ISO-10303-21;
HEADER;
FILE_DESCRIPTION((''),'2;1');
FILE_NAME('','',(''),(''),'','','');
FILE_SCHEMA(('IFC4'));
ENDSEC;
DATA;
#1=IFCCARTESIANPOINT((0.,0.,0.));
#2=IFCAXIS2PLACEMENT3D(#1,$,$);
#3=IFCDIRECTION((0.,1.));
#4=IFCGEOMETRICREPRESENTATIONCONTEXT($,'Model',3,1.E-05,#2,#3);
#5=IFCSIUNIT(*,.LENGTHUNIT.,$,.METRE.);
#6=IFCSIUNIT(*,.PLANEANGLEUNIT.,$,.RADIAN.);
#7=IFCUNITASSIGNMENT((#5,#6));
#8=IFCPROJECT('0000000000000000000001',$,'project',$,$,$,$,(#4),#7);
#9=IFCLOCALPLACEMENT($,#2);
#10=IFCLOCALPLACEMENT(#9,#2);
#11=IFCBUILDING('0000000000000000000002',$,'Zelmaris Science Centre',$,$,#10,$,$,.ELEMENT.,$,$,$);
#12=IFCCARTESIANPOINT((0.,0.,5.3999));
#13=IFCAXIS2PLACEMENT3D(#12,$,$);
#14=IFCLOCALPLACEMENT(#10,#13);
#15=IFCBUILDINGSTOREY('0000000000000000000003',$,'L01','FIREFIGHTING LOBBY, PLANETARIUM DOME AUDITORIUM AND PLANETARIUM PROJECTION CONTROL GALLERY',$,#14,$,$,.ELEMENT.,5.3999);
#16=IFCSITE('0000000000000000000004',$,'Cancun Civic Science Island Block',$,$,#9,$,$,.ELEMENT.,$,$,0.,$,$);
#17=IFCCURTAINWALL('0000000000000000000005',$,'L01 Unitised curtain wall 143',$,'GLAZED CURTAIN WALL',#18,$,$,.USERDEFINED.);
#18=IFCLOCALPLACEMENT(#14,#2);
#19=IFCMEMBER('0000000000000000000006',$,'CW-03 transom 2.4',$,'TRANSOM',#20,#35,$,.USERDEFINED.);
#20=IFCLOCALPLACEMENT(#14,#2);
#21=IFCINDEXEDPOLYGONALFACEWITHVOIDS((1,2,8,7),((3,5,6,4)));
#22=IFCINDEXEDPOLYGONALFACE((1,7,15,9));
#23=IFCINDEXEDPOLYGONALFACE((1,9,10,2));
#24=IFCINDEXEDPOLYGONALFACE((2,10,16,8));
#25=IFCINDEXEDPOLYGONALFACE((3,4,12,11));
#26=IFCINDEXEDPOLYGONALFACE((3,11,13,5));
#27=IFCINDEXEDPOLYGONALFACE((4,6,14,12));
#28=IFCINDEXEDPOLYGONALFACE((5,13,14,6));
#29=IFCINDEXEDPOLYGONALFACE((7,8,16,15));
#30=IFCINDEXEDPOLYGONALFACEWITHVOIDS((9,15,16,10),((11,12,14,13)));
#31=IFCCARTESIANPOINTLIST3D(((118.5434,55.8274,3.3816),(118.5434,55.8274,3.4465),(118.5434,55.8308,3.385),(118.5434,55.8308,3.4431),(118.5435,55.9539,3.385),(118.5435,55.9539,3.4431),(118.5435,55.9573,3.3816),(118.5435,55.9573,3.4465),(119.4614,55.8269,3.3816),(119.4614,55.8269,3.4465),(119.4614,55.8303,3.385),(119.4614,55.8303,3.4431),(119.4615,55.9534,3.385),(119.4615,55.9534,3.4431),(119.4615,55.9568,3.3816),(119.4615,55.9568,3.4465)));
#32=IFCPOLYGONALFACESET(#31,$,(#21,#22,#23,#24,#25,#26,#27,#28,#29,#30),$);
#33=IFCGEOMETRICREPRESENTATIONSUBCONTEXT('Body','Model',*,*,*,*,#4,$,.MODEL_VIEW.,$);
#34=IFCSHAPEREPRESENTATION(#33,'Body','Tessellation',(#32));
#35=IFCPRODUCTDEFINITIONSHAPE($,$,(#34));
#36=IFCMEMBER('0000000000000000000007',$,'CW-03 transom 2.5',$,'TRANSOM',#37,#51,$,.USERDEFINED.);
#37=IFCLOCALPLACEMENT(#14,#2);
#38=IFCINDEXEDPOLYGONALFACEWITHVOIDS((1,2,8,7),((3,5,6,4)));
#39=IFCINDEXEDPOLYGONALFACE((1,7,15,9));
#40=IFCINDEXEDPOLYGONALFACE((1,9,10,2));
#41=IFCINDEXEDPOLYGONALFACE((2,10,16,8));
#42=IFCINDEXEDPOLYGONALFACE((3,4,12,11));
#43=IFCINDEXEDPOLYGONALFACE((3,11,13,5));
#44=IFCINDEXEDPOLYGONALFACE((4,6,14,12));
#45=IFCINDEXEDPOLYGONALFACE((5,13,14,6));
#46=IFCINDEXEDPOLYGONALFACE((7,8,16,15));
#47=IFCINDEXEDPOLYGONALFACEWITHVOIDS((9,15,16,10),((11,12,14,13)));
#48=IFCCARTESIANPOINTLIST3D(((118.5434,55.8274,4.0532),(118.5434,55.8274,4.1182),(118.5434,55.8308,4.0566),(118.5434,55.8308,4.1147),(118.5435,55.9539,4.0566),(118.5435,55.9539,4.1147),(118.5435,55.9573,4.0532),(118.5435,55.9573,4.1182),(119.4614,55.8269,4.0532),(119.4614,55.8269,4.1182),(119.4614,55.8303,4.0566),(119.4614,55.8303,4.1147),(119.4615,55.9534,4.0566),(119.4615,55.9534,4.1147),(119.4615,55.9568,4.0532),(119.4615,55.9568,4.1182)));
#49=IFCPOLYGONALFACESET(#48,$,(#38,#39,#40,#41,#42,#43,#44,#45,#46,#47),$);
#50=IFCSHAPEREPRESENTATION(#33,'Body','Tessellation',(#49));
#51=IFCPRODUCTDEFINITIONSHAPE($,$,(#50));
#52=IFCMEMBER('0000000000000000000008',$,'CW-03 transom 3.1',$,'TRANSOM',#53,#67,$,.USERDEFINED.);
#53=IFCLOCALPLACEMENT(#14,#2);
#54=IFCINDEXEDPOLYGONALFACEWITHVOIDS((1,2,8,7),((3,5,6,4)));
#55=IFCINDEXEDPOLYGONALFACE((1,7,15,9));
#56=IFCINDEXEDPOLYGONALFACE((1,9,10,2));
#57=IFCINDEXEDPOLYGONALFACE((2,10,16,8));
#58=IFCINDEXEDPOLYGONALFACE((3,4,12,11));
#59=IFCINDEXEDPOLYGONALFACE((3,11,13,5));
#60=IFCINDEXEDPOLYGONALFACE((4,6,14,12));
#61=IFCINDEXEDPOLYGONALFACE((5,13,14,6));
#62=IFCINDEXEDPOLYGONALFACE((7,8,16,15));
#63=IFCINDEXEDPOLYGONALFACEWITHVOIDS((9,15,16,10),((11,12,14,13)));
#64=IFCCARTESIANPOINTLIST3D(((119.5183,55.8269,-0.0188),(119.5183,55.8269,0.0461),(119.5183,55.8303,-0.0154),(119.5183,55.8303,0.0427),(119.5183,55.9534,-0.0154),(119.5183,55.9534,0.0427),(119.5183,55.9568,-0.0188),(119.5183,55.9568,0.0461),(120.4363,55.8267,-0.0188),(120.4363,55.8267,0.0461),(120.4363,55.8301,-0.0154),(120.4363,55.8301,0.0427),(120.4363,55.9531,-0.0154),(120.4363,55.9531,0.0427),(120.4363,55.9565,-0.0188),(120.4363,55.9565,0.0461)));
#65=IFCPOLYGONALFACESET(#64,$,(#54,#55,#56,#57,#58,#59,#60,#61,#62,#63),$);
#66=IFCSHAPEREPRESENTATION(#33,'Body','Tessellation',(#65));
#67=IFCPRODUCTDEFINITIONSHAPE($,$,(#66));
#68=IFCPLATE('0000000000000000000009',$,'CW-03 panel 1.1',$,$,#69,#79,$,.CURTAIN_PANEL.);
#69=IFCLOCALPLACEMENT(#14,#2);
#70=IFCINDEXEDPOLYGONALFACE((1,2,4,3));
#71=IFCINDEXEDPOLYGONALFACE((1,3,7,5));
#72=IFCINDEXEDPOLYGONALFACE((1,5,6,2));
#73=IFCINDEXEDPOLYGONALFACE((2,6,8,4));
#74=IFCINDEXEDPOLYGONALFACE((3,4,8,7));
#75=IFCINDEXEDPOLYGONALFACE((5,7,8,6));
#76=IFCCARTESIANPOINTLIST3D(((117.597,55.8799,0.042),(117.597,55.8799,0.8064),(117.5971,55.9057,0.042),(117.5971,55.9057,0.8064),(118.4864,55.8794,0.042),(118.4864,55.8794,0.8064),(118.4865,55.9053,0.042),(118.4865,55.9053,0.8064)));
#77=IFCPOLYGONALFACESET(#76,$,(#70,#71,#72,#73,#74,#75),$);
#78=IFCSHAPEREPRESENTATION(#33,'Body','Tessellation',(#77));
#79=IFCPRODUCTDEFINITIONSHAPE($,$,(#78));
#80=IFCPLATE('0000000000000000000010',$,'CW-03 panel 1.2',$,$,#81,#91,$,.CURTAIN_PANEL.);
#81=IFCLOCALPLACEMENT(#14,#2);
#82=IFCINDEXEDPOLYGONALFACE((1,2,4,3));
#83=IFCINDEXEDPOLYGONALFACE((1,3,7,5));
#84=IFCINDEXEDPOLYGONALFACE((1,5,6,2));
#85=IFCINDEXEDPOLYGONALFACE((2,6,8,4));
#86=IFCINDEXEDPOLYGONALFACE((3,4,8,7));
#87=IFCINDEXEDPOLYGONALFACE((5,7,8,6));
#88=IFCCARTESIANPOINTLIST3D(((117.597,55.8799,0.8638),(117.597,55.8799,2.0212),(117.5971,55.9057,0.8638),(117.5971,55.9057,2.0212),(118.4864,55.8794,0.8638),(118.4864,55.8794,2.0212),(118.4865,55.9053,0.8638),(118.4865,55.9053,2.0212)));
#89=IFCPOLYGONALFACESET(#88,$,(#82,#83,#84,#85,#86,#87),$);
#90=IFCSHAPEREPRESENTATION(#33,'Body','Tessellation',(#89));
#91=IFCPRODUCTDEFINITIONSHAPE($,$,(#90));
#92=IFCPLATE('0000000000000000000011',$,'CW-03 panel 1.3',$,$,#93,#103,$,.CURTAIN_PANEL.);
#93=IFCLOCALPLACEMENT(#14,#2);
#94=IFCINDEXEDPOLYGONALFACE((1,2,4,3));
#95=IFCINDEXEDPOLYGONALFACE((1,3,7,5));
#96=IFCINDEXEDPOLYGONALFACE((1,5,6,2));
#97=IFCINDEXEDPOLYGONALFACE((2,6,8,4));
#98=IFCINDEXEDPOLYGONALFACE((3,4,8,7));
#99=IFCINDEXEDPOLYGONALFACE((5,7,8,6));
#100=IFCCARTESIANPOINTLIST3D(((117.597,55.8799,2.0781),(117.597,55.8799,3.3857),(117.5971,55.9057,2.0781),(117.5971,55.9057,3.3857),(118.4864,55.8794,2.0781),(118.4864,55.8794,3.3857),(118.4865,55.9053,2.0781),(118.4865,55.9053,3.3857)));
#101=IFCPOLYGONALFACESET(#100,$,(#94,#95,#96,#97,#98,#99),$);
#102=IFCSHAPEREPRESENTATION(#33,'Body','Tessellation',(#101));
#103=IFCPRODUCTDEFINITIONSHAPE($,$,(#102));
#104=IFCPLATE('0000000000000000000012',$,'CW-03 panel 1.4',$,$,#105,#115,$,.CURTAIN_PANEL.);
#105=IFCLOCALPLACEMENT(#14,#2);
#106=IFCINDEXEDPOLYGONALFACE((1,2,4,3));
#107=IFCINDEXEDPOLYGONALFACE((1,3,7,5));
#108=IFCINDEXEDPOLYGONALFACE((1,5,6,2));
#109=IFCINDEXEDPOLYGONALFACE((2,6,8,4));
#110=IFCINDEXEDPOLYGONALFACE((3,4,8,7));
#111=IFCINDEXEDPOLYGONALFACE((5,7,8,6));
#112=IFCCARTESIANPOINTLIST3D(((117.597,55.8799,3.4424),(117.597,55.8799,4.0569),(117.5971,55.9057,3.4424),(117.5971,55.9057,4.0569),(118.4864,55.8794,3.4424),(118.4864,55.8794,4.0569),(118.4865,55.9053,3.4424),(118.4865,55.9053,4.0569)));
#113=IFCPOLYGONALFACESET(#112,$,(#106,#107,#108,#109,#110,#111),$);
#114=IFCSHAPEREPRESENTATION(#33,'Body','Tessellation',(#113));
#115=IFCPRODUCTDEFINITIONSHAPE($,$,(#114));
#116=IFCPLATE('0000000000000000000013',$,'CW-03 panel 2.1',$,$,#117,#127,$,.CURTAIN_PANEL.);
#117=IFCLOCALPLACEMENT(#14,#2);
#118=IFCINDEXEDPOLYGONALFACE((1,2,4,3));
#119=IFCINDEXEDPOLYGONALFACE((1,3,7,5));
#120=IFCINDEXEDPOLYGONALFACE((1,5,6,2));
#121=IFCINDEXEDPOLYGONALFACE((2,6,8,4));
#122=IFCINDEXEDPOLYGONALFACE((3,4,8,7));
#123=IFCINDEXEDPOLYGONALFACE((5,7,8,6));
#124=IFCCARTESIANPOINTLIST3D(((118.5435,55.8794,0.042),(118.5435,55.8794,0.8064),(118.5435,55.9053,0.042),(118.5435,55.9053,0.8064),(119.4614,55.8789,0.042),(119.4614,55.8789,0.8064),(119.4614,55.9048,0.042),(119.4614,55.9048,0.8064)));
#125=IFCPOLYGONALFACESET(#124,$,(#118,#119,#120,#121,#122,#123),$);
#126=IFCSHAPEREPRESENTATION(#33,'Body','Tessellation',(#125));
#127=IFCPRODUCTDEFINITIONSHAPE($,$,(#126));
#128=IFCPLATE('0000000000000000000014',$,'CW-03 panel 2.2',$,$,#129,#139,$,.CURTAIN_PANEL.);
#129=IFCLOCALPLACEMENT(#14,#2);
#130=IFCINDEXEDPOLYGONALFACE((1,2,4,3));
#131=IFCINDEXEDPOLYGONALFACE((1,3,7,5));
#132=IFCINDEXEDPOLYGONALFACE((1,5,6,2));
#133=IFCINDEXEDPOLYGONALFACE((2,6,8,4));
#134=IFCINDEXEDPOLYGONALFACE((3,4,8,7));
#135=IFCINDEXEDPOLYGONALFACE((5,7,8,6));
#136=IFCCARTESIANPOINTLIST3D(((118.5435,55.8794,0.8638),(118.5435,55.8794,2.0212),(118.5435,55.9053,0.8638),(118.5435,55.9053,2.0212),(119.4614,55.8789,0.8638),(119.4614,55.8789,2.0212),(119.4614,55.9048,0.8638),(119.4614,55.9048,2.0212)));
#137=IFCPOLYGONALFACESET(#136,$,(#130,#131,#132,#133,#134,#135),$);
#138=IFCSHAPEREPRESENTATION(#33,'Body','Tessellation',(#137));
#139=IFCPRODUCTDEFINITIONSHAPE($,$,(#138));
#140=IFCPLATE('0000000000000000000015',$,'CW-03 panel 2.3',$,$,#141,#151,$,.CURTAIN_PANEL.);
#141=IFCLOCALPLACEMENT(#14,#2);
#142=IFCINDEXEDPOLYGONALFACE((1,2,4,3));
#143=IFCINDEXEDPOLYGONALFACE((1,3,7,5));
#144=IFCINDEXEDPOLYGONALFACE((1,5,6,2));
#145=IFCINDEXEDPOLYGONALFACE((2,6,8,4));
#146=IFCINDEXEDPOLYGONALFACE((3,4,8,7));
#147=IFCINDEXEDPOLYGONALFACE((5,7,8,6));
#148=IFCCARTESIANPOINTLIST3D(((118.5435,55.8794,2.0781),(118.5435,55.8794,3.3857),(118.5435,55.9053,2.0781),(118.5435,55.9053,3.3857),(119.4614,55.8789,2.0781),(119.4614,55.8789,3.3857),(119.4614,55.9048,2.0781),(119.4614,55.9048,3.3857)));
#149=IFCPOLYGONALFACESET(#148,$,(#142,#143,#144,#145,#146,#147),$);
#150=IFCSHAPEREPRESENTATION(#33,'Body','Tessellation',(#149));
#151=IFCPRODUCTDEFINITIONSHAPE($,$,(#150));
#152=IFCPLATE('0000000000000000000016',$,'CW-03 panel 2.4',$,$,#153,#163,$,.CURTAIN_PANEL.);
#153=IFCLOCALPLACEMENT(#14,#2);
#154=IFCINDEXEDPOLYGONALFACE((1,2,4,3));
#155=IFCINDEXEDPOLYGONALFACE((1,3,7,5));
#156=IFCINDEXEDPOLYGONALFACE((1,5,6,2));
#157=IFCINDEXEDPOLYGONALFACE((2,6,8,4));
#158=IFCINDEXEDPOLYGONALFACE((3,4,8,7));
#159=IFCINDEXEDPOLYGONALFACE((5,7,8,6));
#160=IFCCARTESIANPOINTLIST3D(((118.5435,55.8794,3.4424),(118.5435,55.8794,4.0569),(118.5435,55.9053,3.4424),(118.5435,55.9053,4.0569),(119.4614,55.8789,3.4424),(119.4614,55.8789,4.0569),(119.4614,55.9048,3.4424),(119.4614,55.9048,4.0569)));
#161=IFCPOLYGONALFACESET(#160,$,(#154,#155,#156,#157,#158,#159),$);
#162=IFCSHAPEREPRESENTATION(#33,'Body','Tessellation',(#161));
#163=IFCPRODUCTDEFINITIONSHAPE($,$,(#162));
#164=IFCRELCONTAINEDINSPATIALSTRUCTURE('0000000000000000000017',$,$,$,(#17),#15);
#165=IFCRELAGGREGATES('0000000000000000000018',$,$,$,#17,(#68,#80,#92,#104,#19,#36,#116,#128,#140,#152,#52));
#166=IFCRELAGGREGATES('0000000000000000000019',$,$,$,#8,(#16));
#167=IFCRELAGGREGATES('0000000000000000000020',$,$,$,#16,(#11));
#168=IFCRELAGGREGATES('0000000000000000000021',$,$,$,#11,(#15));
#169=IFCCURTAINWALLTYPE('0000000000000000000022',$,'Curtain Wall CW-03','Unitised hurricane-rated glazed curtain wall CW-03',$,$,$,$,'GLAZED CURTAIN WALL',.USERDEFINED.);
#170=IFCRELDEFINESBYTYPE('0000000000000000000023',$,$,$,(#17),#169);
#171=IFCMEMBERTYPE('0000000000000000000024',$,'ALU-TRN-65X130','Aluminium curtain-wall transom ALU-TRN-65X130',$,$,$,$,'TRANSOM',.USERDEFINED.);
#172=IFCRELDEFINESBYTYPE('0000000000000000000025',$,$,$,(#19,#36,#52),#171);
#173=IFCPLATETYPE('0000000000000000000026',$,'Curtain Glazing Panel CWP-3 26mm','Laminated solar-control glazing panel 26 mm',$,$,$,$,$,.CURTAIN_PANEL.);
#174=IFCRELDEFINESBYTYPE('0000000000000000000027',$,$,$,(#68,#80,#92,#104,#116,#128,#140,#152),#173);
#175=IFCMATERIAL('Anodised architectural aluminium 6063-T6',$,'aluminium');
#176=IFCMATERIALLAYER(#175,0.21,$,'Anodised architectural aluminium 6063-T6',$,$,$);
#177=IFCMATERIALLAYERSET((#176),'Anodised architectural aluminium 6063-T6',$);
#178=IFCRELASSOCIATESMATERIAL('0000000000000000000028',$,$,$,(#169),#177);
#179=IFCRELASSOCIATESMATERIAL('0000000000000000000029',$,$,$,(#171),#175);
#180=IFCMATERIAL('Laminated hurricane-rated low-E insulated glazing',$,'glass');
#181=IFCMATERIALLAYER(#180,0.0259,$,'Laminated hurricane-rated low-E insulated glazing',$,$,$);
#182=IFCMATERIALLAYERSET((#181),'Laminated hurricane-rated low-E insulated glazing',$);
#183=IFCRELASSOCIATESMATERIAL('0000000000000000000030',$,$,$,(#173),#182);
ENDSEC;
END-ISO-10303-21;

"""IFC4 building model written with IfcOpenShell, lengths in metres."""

from ifc_helpers import new_model, si_unit, direction, frame, origin, origin_2d, place, context, subcontext, project, spatial, rectangle, hollow_rectangle, extrude, material, layer, layer_set, material_profile, profile_set, type_object, element, aggregate, save


model = new_model("IFC4")

# Units and contexts
model_context = context("Model", 3, precision=1e-05, world=origin(), true_north=direction((0.0, 1.0)))
body_context = subcontext(model_context, "Body", "Model", "MODEL_VIEW")
ifc_project = project(units=[si_unit("LENGTHUNIT", "METRE"), si_unit("PLANEANGLEUNIT", "RADIAN")], contexts=[model_context])

# Site, building, storey
site_placement = place(None, origin())
site = spatial("IfcSite", under=ifc_project, at=site_placement, Name="Cancun Civic Science Island Block", CompositionType="ELEMENT", RefElevation=0.0)
building_placement = place(site_placement, origin())
building = spatial("IfcBuilding", under=site, at=building_placement, Name="Zelmaris Science Centre", CompositionType="ELEMENT")
storey_placement = place(building_placement, frame((0.0, 0.0, 5.3999)))
storey = spatial("IfcBuildingStorey", under=building, at=storey_placement, Name="L01", Description="FIREFIGHTING LOBBY, PLANETARIUM DOME AUDITORIUM AND PLANETARIUM PROJECTION CONTROL GALLERY", CompositionType="ELEMENT", Elevation=5.3999)

# Curtain wall, members, plates
ifc_material_1 = material(Name="Anodised architectural aluminium 6063-T6", Category="aluminium")
ifc_layer_1 = layer(ifc_material_1, 0.21, Name="Anodised architectural aluminium 6063-T6")
ifc_layer_set_1 = layer_set([ifc_layer_1], Name="Anodised architectural aluminium 6063-T6")
curtain_wall_type = type_object("IfcCurtainWallType", Name="Curtain Wall CW-03", Description="Unitised hurricane-rated glazed curtain wall CW-03", ElementType="GLAZED CURTAIN WALL", PredefinedType="USERDEFINED", material=ifc_layer_set_1)
curtain_wall_placement = place(storey_placement, origin())
curtain_wall = element("IfcCurtainWall", 1, at=curtain_wall_placement, inside=storey, type_object=curtain_wall_type, Name="L01 Unitised curtain wall 143", ObjectType="GLAZED CURTAIN WALL", PredefinedType="USERDEFINED")
ifc_material_profile_1 = material_profile(ifc_material_1, hollow_rectangle(XDim=0.0649, YDim=0.1299, WallThickness=0.0034, at=origin_2d()), Name="ALU-TRN-65X130")
ifc_profile_set_1 = profile_set([ifc_material_profile_1], Name="Anodised architectural aluminium 6063-T6")
member_type_1 = type_object("IfcMemberType", Name="ALU-TRN-65X130", Description="Aluminium curtain-wall transom ALU-TRN-65X130", ElementType="TRANSOM", PredefinedType="USERDEFINED", material=ifc_profile_set_1)
member_1_placement = place(storey_placement, frame((118.5435, 55.8923, 3.4141), z_axis=(1.0, -0.000532, 0.0), x_axis=(0.0, 0.0, 1.0)))
member_1 = element("IfcMember", 2, at=member_1_placement, type_object=member_type_1, Name="CW-03 transom 2.4", ObjectType="TRANSOM", PredefinedType="USERDEFINED", context=body_context, shape_type="SweptSolid", body=[
    extrude(hollow_rectangle(XDim=0.0649, YDim=0.1299, WallThickness=0.0034, at=origin_2d()), origin(), (0.0, 0.0, 1.0), 0.918),
])
member_2_placement = place(storey_placement, frame((118.5435, 55.8923, 4.0857), z_axis=(1.0, -0.000532, 0.0), x_axis=(0.0, 0.0, 1.0)))
member_2 = element("IfcMember", 3, at=member_2_placement, type_object=member_type_1, Name="CW-03 transom 2.5", ObjectType="TRANSOM", PredefinedType="USERDEFINED", context=body_context, shape_type="SweptSolid", body=[
    extrude(hollow_rectangle(XDim=0.0649, YDim=0.1299, WallThickness=0.0034, at=origin_2d()), origin(), (0.0, 0.0, 1.0), 0.918),
])
member_3_placement = place(storey_placement, frame((119.5183, 55.8918, 0.0137), z_axis=(1.0, -0.000266, 0.0), x_axis=(0.0, 0.0, 1.0)))
member_3 = element("IfcMember", 4, at=member_3_placement, type_object=member_type_1, Name="CW-03 transom 3.1", ObjectType="TRANSOM", PredefinedType="USERDEFINED", context=body_context, shape_type="SweptSolid", body=[
    extrude(hollow_rectangle(XDim=0.0649, YDim=0.1299, WallThickness=0.0034, at=origin_2d()), origin(), (0.0, 0.0, 1.0), 0.918),
])
ifc_material_2 = material(Name="Laminated hurricane-rated low-E insulated glazing", Category="glass")
ifc_layer_2 = layer(ifc_material_2, 0.0259, Name="Laminated hurricane-rated low-E insulated glazing")
ifc_layer_set_2 = layer_set([ifc_layer_2], Name="Laminated hurricane-rated low-E insulated glazing")
plate_type = type_object("IfcPlateType", Name="Curtain Glazing Panel CWP-3 26mm", Description="Laminated solar-control glazing panel 26 mm", PredefinedType="CURTAIN_PANEL", material=ifc_layer_set_2)
plate_1_placement = place(storey_placement, frame((118.0417, 55.8926, 0.042), z_axis=(0.0, 0.0, 1.0), x_axis=(1.0, -0.000487, 0.0)))
plate_1 = element("IfcPlate", 5, at=plate_1_placement, type_object=plate_type, Name="CW-03 panel 1.1", PredefinedType="CURTAIN_PANEL", context=body_context, shape_type="SweptSolid", body=[
    extrude(rectangle(XDim=0.8894, YDim=0.0259, at=origin_2d()), origin(), (0.0, 0.0, 1.0), 0.7644),
])
plate_2_placement = place(storey_placement, frame((118.0417, 55.8926, 0.8638), z_axis=(0.0, 0.0, 1.0), x_axis=(1.0, -0.000487, 0.0)))
plate_2 = element("IfcPlate", 6, at=plate_2_placement, type_object=plate_type, Name="CW-03 panel 1.2", PredefinedType="CURTAIN_PANEL", context=body_context, shape_type="SweptSolid", body=[
    extrude(rectangle(XDim=0.8894, YDim=0.0259, at=origin_2d()), origin(), (0.0, 0.0, 1.0), 1.1575),
])
plate_3_placement = place(storey_placement, frame((118.0417, 55.8926, 2.0781), z_axis=(0.0, 0.0, 1.0), x_axis=(1.0, -0.000487, 0.0)))
plate_3 = element("IfcPlate", 7, at=plate_3_placement, type_object=plate_type, Name="CW-03 panel 1.3", PredefinedType="CURTAIN_PANEL", context=body_context, shape_type="SweptSolid", body=[
    extrude(rectangle(XDim=0.8894, YDim=0.0259, at=origin_2d()), origin(), (0.0, 0.0, 1.0), 1.3076),
])
plate_4_placement = place(storey_placement, frame((118.0417, 55.8926, 3.4424), z_axis=(0.0, 0.0, 1.0), x_axis=(1.0, -0.000487, 0.0)))
plate_4 = element("IfcPlate", 8, at=plate_4_placement, type_object=plate_type, Name="CW-03 panel 1.4", PredefinedType="CURTAIN_PANEL", context=body_context, shape_type="SweptSolid", body=[
    extrude(rectangle(XDim=0.8894, YDim=0.0259, at=origin_2d()), origin(), (0.0, 0.0, 1.0), 0.6145),
])
plate_5_placement = place(storey_placement, frame((119.0024, 55.8921, 0.042), z_axis=(0.0, 0.0, 1.0), x_axis=(1.0, -0.000487, 0.0)))
plate_5 = element("IfcPlate", 9, at=plate_5_placement, type_object=plate_type, Name="CW-03 panel 2.1", PredefinedType="CURTAIN_PANEL", context=body_context, shape_type="SweptSolid", body=[
    extrude(rectangle(XDim=0.918, YDim=0.0259, at=origin_2d()), origin(), (0.0, 0.0, 1.0), 0.7644),
])
plate_6_placement = place(storey_placement, frame((119.0024, 55.8921, 0.8638), z_axis=(0.0, 0.0, 1.0), x_axis=(1.0, -0.000487, 0.0)))
plate_6 = element("IfcPlate", 10, at=plate_6_placement, type_object=plate_type, Name="CW-03 panel 2.2", PredefinedType="CURTAIN_PANEL", context=body_context, shape_type="SweptSolid", body=[
    extrude(rectangle(XDim=0.918, YDim=0.0259, at=origin_2d()), origin(), (0.0, 0.0, 1.0), 1.1575),
])
plate_7_placement = place(storey_placement, frame((119.0024, 55.8921, 2.0781), z_axis=(0.0, 0.0, 1.0), x_axis=(1.0, -0.000487, 0.0)))
plate_7 = element("IfcPlate", 11, at=plate_7_placement, type_object=plate_type, Name="CW-03 panel 2.3", PredefinedType="CURTAIN_PANEL", context=body_context, shape_type="SweptSolid", body=[
    extrude(rectangle(XDim=0.918, YDim=0.0259, at=origin_2d()), origin(), (0.0, 0.0, 1.0), 1.3076),
])
plate_8_placement = place(storey_placement, frame((119.0024, 55.8921, 3.4424), z_axis=(0.0, 0.0, 1.0), x_axis=(1.0, -0.000487, 0.0)))
plate_8 = element("IfcPlate", 12, at=plate_8_placement, type_object=plate_type, Name="CW-03 panel 2.4", PredefinedType="CURTAIN_PANEL", context=body_context, shape_type="SweptSolid", body=[
    extrude(rectangle(XDim=0.918, YDim=0.0259, at=origin_2d()), origin(), (0.0, 0.0, 1.0), 0.6145),
])
aggregate(curtain_wall, [plate_1, plate_2, plate_3, plate_4, member_1, member_2, plate_5, plate_6, plate_7, plate_8, member_3])

save(model, "model.ifc")
